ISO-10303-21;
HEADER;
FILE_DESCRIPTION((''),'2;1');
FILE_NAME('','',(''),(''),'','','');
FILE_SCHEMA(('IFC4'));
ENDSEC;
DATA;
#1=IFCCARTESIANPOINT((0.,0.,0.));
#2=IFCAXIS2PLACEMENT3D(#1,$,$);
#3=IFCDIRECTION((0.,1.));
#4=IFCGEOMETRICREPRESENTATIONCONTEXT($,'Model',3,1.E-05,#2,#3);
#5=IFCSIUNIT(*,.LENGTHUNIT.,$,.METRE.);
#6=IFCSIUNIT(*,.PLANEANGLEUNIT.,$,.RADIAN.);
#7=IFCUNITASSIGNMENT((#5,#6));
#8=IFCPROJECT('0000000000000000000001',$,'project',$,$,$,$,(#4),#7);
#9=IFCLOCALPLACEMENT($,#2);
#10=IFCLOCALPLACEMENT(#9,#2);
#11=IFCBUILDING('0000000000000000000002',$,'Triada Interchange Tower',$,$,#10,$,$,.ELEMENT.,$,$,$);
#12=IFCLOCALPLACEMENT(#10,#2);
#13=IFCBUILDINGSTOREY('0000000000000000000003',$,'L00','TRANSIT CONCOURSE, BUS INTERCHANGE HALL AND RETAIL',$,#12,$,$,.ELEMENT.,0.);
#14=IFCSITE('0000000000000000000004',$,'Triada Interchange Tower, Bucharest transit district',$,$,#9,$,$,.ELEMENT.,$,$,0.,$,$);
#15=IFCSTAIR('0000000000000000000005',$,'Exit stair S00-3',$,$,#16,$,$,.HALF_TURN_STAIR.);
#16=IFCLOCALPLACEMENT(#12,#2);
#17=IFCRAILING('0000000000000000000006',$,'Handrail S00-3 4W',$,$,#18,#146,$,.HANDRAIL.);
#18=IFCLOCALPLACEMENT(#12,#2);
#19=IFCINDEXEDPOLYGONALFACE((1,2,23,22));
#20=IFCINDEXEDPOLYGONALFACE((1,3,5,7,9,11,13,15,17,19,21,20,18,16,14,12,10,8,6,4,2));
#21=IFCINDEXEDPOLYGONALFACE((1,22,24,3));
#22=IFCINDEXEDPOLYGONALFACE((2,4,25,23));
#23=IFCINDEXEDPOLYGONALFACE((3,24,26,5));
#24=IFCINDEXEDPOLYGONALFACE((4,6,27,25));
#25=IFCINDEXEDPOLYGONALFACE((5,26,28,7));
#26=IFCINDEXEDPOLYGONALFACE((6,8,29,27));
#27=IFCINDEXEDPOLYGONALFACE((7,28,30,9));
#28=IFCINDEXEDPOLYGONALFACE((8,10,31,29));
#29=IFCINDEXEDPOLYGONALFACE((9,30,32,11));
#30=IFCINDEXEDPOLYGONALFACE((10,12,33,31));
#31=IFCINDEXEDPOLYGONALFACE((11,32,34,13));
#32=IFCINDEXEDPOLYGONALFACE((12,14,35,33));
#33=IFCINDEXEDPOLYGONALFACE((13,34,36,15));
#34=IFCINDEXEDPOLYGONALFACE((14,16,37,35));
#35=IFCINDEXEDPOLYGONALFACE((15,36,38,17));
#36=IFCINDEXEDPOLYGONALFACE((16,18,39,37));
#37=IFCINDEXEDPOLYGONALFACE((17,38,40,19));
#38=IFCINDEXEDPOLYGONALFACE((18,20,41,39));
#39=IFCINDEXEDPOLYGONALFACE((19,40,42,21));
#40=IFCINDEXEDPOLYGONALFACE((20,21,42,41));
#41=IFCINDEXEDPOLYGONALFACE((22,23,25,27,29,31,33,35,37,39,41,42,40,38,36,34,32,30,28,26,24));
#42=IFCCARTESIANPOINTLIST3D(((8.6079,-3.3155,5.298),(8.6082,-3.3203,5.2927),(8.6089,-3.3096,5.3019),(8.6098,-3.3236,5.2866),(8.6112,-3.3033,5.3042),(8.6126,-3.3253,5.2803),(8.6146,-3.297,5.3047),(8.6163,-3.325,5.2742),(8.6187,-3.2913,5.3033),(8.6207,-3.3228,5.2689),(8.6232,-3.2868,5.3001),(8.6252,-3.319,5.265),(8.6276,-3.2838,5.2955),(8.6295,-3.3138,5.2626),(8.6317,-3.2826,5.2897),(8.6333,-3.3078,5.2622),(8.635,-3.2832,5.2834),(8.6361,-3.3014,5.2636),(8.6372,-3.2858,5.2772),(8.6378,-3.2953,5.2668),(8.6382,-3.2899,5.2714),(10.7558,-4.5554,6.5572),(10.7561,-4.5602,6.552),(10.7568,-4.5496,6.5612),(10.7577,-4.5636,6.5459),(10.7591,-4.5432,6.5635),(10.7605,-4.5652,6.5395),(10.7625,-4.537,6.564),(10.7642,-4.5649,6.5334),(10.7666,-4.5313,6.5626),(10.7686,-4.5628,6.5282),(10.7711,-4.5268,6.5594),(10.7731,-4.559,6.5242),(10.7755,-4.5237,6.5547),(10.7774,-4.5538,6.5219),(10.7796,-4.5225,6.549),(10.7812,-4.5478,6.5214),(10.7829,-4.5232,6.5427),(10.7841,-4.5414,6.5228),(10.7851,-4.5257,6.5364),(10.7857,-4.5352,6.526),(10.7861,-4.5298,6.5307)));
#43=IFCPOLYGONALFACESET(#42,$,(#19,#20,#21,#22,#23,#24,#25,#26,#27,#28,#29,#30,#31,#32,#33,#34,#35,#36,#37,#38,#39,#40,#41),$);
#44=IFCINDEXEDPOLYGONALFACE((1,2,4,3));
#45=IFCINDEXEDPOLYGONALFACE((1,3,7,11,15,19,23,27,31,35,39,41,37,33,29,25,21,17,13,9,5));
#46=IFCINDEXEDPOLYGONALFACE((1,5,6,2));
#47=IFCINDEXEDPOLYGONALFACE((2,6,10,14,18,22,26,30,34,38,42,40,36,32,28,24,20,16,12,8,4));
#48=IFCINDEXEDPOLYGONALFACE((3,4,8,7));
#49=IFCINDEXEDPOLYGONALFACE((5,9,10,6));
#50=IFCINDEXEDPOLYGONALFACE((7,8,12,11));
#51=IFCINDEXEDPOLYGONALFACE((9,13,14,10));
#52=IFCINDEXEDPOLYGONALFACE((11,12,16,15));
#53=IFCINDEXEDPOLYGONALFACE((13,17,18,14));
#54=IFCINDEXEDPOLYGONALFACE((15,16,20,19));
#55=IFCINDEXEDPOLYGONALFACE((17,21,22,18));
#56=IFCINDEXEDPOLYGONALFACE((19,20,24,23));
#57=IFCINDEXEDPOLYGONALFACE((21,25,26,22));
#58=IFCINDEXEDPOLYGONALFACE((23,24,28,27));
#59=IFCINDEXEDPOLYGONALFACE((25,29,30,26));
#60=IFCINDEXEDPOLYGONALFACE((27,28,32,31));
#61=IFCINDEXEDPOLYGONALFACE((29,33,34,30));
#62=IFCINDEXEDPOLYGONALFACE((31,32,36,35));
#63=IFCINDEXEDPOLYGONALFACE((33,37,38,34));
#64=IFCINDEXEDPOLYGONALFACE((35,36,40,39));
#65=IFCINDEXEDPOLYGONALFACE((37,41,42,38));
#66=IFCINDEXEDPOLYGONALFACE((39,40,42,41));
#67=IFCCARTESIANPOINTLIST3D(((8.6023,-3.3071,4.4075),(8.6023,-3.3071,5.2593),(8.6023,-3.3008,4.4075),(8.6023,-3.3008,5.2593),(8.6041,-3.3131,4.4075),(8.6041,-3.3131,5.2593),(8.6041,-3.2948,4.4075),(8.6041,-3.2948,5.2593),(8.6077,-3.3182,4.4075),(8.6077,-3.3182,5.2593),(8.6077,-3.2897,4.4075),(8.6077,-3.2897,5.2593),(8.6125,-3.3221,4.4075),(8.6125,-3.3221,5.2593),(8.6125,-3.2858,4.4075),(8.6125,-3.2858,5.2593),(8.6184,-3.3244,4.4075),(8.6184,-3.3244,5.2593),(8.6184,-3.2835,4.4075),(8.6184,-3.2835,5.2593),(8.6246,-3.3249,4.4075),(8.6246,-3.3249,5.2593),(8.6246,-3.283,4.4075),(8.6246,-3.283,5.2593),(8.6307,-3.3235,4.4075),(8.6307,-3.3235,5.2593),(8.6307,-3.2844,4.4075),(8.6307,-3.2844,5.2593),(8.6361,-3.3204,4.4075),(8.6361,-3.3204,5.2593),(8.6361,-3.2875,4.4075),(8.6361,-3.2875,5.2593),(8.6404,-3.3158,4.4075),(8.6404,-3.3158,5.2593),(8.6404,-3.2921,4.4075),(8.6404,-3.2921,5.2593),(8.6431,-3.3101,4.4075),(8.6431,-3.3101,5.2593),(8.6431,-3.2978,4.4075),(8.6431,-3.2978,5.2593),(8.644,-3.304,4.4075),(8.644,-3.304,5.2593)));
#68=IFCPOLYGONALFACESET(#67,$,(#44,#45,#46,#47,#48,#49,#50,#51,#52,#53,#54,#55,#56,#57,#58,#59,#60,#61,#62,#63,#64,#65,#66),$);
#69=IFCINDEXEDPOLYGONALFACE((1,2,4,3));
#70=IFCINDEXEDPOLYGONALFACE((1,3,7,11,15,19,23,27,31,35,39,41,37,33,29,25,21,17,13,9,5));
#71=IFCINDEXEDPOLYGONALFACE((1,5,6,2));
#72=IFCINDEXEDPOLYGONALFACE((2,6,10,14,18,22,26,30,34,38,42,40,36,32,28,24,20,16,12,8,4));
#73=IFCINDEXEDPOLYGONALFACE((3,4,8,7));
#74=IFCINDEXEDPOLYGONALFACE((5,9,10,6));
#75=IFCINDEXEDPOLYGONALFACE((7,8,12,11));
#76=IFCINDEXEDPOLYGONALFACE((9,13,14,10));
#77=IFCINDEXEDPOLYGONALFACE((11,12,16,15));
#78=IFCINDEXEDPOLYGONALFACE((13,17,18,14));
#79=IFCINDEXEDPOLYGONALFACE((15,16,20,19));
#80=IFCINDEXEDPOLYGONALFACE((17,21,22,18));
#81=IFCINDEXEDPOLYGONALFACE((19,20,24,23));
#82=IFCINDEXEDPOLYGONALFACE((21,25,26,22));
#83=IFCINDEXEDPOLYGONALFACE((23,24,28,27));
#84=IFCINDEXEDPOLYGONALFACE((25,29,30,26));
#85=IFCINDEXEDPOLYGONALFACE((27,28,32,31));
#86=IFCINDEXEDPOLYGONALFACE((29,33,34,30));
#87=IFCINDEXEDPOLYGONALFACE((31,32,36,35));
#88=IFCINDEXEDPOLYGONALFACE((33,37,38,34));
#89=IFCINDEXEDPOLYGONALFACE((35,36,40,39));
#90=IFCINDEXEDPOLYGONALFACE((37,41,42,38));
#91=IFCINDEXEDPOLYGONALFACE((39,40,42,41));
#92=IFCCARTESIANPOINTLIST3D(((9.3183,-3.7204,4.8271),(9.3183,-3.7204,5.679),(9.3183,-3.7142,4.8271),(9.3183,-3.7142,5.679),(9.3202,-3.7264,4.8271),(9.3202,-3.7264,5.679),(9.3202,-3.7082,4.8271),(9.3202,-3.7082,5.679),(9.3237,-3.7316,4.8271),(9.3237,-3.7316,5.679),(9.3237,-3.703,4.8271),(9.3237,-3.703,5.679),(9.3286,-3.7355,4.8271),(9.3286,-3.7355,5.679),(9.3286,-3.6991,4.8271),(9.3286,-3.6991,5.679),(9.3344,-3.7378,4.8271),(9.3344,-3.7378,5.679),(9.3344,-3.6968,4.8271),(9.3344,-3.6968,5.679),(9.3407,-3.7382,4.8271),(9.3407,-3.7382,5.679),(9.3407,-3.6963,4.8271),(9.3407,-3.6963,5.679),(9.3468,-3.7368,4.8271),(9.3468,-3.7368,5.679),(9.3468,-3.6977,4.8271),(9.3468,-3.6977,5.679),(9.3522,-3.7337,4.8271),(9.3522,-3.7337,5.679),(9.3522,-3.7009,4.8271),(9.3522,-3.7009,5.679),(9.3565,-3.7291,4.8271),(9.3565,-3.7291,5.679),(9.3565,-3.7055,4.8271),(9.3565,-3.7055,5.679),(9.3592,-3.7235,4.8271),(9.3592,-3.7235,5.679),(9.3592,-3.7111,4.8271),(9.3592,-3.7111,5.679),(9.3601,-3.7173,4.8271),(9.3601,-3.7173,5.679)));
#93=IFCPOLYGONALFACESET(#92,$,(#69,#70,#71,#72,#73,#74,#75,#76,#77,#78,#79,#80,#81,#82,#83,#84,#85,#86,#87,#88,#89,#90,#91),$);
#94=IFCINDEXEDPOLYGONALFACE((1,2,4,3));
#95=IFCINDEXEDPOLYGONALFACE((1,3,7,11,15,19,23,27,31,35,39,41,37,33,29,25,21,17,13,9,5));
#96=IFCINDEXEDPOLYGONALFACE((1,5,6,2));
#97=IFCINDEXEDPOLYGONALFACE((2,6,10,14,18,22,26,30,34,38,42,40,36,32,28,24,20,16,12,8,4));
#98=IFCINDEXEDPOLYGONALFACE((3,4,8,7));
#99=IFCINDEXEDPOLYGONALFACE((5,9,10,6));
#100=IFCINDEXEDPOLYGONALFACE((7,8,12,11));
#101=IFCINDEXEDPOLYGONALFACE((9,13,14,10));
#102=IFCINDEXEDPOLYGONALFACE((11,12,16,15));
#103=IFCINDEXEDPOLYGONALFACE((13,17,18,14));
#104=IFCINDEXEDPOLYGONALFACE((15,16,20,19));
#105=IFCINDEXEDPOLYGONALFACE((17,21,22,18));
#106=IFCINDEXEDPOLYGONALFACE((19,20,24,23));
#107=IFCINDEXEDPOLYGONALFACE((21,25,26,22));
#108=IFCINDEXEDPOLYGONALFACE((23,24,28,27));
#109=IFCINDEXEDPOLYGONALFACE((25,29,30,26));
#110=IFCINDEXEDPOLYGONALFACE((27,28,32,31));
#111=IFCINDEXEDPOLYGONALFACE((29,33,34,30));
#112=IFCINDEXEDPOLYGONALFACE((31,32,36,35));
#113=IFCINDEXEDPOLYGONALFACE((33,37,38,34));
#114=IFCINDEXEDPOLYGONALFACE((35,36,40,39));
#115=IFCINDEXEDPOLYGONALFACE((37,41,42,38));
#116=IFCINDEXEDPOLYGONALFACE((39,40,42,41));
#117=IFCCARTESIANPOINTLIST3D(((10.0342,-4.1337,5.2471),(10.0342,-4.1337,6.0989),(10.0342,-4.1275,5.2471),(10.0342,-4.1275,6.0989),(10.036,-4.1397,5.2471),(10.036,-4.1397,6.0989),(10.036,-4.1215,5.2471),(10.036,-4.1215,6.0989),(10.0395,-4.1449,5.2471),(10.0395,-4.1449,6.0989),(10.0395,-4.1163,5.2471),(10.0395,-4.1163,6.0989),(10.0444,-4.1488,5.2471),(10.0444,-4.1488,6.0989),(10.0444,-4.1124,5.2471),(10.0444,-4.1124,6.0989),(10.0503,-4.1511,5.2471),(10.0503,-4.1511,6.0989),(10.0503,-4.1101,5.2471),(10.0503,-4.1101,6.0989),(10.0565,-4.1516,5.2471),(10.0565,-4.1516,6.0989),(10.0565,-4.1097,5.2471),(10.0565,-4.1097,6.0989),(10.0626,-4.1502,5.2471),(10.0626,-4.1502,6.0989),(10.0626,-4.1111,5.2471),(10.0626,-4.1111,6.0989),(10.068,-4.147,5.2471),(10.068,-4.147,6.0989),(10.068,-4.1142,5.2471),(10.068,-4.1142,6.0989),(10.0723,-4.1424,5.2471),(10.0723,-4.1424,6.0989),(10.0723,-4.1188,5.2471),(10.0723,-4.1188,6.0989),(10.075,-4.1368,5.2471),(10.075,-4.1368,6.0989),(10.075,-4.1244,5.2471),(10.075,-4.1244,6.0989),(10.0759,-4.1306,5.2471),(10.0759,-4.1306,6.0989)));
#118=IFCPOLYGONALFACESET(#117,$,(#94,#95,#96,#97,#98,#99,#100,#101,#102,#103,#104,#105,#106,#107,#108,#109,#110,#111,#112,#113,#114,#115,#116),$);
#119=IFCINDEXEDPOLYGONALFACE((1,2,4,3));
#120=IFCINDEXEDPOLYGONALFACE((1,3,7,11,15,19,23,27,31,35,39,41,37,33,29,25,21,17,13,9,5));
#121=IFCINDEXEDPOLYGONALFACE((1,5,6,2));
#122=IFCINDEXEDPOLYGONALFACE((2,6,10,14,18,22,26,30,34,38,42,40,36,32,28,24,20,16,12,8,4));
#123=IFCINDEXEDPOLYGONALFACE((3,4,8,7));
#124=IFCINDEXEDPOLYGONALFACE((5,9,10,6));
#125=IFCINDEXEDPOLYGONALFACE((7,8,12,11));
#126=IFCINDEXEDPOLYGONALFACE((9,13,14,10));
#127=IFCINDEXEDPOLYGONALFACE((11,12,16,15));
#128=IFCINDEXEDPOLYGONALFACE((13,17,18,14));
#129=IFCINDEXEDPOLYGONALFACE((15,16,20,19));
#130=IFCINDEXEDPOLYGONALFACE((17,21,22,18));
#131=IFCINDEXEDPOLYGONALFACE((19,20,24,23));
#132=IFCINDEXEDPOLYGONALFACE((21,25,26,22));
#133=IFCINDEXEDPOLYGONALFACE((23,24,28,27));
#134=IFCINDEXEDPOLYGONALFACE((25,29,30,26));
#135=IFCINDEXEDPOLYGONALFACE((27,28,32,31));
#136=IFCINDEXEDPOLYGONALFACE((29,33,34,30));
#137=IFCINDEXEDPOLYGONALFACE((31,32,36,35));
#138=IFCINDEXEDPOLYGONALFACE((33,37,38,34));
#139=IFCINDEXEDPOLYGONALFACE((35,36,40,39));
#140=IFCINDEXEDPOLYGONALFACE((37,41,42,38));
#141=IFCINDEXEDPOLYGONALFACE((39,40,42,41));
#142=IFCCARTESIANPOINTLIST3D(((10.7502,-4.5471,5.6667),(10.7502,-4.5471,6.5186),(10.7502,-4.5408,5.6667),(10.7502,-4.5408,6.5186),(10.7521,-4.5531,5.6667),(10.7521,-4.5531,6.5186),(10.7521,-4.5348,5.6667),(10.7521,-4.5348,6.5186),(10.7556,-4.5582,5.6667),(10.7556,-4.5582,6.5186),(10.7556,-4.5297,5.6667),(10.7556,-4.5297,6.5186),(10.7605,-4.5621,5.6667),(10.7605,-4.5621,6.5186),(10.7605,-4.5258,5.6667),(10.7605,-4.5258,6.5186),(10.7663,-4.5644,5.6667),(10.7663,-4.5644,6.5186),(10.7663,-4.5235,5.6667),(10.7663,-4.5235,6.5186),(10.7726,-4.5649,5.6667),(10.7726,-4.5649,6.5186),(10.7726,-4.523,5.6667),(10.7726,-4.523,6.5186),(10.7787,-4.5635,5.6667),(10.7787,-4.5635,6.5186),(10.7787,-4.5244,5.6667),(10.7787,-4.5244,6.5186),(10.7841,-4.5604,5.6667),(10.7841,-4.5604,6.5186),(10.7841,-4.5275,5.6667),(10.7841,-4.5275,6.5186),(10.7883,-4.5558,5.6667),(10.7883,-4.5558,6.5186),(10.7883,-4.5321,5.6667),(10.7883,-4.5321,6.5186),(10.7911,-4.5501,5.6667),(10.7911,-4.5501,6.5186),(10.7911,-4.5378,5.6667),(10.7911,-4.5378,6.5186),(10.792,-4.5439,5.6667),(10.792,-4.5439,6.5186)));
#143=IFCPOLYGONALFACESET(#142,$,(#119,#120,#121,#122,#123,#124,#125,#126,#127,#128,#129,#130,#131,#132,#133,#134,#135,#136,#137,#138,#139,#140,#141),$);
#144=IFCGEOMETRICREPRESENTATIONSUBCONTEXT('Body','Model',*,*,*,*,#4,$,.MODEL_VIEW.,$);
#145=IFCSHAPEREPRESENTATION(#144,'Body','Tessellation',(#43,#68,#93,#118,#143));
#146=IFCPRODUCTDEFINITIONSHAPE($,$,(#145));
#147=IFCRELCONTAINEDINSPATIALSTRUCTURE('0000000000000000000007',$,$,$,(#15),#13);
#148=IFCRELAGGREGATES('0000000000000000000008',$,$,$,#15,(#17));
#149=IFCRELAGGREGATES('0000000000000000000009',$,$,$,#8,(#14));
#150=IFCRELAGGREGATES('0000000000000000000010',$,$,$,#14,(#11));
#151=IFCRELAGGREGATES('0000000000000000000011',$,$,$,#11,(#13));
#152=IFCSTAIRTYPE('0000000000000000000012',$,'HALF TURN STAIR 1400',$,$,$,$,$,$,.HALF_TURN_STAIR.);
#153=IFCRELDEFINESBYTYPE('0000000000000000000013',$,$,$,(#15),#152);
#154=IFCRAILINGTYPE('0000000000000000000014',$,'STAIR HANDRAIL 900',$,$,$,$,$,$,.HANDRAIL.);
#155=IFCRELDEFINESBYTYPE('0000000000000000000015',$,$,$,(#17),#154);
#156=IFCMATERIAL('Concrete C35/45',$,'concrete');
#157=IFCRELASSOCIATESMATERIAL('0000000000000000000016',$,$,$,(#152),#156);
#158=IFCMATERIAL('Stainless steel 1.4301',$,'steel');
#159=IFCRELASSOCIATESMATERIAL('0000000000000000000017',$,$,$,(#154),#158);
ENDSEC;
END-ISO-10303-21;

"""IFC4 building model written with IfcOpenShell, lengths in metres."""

from ifc_helpers import new_model, si_unit, direction, frame, origin, origin_2d, place, context, subcontext, project, spatial, circle, extrude, material, type_object, element, aggregate, save


model = new_model("IFC4")

# Units and contexts
model_context = context("Model", 3, precision=1e-05, world=origin(), true_north=direction((0.0, 1.0)))
body_context = subcontext(model_context, "Body", "Model", "MODEL_VIEW")
ifc_project = project(units=[si_unit("LENGTHUNIT", "METRE"), si_unit("PLANEANGLEUNIT", "RADIAN")], contexts=[model_context])

# Site, building, storey
site_placement = place(None, origin())
site = spatial("IfcSite", under=ifc_project, at=site_placement, Name="Triada Interchange Tower, Bucharest transit district", CompositionType="ELEMENT", RefElevation=0.0)
building_placement = place(site_placement, origin())
building = spatial("IfcBuilding", under=site, at=building_placement, Name="Triada Interchange Tower", CompositionType="ELEMENT")
storey_placement = place(building_placement, origin())
storey = spatial("IfcBuildingStorey", under=building, at=storey_placement, Name="L00", Description="TRANSIT CONCOURSE, BUS INTERCHANGE HALL AND RETAIL", CompositionType="ELEMENT", Elevation=0.0)

# Shared definitions
ifc_material_1 = material(Name="Concrete C35/45", Category="concrete")

# Stair, railing
stair_type = type_object("IfcStairType", Name="HALF TURN STAIR 1400", PredefinedType="HALF_TURN_STAIR", material=ifc_material_1)
stair_placement = place(storey_placement, origin())
stair = element("IfcStair", 1, at=stair_placement, inside=storey, type_object=stair_type, Name="Exit stair S00-3", PredefinedType="HALF_TURN_STAIR")
ifc_material_2 = material(Name="Stainless steel 1.4301", Category="steel")
railing_type = type_object("IfcRailingType", Name="STAIR HANDRAIL 900", PredefinedType="HANDRAIL", material=ifc_material_2)
railing_1_placement = place(storey_placement, frame((8.623, -3.304, 4.4075)))
railing_1 = element("IfcRailing", 2, at=railing_1_placement, type_object=railing_type, Name="Handrail S00-3 4W", PredefinedType="HANDRAIL", context=body_context, shape_type="SweptSolid", body=[
    extrude(circle(Radius=0.0239, at=origin_2d()), frame((0.0, 0.0, 0.876), z_axis=(0.772212, -0.445791, 0.452724), x_axis=(0.499961, 0.866048, 0.0)), (0.0, 0.0, 1.0), 2.7815),
    extrude(circle(Radius=0.021, at=origin_2d()), origin(), (0.0, 0.0, 1.0), 0.8518),
    extrude(circle(Radius=0.021, at=origin_2d()), frame((0.7161, -0.4133, 0.4197)), (0.0, 0.0, 1.0), 0.8518),
    extrude(circle(Radius=0.021, at=origin_2d()), frame((1.4319, -0.8267, 0.8396)), (0.0, 0.0, 1.0), 0.8518),
    extrude(circle(Radius=0.021, at=origin_2d()), frame((2.1479, -1.24, 1.2593)), (0.0, 0.0, 1.0), 0.8518),
])
aggregate(stair, [railing_1])

save(model, "model.ifc")
